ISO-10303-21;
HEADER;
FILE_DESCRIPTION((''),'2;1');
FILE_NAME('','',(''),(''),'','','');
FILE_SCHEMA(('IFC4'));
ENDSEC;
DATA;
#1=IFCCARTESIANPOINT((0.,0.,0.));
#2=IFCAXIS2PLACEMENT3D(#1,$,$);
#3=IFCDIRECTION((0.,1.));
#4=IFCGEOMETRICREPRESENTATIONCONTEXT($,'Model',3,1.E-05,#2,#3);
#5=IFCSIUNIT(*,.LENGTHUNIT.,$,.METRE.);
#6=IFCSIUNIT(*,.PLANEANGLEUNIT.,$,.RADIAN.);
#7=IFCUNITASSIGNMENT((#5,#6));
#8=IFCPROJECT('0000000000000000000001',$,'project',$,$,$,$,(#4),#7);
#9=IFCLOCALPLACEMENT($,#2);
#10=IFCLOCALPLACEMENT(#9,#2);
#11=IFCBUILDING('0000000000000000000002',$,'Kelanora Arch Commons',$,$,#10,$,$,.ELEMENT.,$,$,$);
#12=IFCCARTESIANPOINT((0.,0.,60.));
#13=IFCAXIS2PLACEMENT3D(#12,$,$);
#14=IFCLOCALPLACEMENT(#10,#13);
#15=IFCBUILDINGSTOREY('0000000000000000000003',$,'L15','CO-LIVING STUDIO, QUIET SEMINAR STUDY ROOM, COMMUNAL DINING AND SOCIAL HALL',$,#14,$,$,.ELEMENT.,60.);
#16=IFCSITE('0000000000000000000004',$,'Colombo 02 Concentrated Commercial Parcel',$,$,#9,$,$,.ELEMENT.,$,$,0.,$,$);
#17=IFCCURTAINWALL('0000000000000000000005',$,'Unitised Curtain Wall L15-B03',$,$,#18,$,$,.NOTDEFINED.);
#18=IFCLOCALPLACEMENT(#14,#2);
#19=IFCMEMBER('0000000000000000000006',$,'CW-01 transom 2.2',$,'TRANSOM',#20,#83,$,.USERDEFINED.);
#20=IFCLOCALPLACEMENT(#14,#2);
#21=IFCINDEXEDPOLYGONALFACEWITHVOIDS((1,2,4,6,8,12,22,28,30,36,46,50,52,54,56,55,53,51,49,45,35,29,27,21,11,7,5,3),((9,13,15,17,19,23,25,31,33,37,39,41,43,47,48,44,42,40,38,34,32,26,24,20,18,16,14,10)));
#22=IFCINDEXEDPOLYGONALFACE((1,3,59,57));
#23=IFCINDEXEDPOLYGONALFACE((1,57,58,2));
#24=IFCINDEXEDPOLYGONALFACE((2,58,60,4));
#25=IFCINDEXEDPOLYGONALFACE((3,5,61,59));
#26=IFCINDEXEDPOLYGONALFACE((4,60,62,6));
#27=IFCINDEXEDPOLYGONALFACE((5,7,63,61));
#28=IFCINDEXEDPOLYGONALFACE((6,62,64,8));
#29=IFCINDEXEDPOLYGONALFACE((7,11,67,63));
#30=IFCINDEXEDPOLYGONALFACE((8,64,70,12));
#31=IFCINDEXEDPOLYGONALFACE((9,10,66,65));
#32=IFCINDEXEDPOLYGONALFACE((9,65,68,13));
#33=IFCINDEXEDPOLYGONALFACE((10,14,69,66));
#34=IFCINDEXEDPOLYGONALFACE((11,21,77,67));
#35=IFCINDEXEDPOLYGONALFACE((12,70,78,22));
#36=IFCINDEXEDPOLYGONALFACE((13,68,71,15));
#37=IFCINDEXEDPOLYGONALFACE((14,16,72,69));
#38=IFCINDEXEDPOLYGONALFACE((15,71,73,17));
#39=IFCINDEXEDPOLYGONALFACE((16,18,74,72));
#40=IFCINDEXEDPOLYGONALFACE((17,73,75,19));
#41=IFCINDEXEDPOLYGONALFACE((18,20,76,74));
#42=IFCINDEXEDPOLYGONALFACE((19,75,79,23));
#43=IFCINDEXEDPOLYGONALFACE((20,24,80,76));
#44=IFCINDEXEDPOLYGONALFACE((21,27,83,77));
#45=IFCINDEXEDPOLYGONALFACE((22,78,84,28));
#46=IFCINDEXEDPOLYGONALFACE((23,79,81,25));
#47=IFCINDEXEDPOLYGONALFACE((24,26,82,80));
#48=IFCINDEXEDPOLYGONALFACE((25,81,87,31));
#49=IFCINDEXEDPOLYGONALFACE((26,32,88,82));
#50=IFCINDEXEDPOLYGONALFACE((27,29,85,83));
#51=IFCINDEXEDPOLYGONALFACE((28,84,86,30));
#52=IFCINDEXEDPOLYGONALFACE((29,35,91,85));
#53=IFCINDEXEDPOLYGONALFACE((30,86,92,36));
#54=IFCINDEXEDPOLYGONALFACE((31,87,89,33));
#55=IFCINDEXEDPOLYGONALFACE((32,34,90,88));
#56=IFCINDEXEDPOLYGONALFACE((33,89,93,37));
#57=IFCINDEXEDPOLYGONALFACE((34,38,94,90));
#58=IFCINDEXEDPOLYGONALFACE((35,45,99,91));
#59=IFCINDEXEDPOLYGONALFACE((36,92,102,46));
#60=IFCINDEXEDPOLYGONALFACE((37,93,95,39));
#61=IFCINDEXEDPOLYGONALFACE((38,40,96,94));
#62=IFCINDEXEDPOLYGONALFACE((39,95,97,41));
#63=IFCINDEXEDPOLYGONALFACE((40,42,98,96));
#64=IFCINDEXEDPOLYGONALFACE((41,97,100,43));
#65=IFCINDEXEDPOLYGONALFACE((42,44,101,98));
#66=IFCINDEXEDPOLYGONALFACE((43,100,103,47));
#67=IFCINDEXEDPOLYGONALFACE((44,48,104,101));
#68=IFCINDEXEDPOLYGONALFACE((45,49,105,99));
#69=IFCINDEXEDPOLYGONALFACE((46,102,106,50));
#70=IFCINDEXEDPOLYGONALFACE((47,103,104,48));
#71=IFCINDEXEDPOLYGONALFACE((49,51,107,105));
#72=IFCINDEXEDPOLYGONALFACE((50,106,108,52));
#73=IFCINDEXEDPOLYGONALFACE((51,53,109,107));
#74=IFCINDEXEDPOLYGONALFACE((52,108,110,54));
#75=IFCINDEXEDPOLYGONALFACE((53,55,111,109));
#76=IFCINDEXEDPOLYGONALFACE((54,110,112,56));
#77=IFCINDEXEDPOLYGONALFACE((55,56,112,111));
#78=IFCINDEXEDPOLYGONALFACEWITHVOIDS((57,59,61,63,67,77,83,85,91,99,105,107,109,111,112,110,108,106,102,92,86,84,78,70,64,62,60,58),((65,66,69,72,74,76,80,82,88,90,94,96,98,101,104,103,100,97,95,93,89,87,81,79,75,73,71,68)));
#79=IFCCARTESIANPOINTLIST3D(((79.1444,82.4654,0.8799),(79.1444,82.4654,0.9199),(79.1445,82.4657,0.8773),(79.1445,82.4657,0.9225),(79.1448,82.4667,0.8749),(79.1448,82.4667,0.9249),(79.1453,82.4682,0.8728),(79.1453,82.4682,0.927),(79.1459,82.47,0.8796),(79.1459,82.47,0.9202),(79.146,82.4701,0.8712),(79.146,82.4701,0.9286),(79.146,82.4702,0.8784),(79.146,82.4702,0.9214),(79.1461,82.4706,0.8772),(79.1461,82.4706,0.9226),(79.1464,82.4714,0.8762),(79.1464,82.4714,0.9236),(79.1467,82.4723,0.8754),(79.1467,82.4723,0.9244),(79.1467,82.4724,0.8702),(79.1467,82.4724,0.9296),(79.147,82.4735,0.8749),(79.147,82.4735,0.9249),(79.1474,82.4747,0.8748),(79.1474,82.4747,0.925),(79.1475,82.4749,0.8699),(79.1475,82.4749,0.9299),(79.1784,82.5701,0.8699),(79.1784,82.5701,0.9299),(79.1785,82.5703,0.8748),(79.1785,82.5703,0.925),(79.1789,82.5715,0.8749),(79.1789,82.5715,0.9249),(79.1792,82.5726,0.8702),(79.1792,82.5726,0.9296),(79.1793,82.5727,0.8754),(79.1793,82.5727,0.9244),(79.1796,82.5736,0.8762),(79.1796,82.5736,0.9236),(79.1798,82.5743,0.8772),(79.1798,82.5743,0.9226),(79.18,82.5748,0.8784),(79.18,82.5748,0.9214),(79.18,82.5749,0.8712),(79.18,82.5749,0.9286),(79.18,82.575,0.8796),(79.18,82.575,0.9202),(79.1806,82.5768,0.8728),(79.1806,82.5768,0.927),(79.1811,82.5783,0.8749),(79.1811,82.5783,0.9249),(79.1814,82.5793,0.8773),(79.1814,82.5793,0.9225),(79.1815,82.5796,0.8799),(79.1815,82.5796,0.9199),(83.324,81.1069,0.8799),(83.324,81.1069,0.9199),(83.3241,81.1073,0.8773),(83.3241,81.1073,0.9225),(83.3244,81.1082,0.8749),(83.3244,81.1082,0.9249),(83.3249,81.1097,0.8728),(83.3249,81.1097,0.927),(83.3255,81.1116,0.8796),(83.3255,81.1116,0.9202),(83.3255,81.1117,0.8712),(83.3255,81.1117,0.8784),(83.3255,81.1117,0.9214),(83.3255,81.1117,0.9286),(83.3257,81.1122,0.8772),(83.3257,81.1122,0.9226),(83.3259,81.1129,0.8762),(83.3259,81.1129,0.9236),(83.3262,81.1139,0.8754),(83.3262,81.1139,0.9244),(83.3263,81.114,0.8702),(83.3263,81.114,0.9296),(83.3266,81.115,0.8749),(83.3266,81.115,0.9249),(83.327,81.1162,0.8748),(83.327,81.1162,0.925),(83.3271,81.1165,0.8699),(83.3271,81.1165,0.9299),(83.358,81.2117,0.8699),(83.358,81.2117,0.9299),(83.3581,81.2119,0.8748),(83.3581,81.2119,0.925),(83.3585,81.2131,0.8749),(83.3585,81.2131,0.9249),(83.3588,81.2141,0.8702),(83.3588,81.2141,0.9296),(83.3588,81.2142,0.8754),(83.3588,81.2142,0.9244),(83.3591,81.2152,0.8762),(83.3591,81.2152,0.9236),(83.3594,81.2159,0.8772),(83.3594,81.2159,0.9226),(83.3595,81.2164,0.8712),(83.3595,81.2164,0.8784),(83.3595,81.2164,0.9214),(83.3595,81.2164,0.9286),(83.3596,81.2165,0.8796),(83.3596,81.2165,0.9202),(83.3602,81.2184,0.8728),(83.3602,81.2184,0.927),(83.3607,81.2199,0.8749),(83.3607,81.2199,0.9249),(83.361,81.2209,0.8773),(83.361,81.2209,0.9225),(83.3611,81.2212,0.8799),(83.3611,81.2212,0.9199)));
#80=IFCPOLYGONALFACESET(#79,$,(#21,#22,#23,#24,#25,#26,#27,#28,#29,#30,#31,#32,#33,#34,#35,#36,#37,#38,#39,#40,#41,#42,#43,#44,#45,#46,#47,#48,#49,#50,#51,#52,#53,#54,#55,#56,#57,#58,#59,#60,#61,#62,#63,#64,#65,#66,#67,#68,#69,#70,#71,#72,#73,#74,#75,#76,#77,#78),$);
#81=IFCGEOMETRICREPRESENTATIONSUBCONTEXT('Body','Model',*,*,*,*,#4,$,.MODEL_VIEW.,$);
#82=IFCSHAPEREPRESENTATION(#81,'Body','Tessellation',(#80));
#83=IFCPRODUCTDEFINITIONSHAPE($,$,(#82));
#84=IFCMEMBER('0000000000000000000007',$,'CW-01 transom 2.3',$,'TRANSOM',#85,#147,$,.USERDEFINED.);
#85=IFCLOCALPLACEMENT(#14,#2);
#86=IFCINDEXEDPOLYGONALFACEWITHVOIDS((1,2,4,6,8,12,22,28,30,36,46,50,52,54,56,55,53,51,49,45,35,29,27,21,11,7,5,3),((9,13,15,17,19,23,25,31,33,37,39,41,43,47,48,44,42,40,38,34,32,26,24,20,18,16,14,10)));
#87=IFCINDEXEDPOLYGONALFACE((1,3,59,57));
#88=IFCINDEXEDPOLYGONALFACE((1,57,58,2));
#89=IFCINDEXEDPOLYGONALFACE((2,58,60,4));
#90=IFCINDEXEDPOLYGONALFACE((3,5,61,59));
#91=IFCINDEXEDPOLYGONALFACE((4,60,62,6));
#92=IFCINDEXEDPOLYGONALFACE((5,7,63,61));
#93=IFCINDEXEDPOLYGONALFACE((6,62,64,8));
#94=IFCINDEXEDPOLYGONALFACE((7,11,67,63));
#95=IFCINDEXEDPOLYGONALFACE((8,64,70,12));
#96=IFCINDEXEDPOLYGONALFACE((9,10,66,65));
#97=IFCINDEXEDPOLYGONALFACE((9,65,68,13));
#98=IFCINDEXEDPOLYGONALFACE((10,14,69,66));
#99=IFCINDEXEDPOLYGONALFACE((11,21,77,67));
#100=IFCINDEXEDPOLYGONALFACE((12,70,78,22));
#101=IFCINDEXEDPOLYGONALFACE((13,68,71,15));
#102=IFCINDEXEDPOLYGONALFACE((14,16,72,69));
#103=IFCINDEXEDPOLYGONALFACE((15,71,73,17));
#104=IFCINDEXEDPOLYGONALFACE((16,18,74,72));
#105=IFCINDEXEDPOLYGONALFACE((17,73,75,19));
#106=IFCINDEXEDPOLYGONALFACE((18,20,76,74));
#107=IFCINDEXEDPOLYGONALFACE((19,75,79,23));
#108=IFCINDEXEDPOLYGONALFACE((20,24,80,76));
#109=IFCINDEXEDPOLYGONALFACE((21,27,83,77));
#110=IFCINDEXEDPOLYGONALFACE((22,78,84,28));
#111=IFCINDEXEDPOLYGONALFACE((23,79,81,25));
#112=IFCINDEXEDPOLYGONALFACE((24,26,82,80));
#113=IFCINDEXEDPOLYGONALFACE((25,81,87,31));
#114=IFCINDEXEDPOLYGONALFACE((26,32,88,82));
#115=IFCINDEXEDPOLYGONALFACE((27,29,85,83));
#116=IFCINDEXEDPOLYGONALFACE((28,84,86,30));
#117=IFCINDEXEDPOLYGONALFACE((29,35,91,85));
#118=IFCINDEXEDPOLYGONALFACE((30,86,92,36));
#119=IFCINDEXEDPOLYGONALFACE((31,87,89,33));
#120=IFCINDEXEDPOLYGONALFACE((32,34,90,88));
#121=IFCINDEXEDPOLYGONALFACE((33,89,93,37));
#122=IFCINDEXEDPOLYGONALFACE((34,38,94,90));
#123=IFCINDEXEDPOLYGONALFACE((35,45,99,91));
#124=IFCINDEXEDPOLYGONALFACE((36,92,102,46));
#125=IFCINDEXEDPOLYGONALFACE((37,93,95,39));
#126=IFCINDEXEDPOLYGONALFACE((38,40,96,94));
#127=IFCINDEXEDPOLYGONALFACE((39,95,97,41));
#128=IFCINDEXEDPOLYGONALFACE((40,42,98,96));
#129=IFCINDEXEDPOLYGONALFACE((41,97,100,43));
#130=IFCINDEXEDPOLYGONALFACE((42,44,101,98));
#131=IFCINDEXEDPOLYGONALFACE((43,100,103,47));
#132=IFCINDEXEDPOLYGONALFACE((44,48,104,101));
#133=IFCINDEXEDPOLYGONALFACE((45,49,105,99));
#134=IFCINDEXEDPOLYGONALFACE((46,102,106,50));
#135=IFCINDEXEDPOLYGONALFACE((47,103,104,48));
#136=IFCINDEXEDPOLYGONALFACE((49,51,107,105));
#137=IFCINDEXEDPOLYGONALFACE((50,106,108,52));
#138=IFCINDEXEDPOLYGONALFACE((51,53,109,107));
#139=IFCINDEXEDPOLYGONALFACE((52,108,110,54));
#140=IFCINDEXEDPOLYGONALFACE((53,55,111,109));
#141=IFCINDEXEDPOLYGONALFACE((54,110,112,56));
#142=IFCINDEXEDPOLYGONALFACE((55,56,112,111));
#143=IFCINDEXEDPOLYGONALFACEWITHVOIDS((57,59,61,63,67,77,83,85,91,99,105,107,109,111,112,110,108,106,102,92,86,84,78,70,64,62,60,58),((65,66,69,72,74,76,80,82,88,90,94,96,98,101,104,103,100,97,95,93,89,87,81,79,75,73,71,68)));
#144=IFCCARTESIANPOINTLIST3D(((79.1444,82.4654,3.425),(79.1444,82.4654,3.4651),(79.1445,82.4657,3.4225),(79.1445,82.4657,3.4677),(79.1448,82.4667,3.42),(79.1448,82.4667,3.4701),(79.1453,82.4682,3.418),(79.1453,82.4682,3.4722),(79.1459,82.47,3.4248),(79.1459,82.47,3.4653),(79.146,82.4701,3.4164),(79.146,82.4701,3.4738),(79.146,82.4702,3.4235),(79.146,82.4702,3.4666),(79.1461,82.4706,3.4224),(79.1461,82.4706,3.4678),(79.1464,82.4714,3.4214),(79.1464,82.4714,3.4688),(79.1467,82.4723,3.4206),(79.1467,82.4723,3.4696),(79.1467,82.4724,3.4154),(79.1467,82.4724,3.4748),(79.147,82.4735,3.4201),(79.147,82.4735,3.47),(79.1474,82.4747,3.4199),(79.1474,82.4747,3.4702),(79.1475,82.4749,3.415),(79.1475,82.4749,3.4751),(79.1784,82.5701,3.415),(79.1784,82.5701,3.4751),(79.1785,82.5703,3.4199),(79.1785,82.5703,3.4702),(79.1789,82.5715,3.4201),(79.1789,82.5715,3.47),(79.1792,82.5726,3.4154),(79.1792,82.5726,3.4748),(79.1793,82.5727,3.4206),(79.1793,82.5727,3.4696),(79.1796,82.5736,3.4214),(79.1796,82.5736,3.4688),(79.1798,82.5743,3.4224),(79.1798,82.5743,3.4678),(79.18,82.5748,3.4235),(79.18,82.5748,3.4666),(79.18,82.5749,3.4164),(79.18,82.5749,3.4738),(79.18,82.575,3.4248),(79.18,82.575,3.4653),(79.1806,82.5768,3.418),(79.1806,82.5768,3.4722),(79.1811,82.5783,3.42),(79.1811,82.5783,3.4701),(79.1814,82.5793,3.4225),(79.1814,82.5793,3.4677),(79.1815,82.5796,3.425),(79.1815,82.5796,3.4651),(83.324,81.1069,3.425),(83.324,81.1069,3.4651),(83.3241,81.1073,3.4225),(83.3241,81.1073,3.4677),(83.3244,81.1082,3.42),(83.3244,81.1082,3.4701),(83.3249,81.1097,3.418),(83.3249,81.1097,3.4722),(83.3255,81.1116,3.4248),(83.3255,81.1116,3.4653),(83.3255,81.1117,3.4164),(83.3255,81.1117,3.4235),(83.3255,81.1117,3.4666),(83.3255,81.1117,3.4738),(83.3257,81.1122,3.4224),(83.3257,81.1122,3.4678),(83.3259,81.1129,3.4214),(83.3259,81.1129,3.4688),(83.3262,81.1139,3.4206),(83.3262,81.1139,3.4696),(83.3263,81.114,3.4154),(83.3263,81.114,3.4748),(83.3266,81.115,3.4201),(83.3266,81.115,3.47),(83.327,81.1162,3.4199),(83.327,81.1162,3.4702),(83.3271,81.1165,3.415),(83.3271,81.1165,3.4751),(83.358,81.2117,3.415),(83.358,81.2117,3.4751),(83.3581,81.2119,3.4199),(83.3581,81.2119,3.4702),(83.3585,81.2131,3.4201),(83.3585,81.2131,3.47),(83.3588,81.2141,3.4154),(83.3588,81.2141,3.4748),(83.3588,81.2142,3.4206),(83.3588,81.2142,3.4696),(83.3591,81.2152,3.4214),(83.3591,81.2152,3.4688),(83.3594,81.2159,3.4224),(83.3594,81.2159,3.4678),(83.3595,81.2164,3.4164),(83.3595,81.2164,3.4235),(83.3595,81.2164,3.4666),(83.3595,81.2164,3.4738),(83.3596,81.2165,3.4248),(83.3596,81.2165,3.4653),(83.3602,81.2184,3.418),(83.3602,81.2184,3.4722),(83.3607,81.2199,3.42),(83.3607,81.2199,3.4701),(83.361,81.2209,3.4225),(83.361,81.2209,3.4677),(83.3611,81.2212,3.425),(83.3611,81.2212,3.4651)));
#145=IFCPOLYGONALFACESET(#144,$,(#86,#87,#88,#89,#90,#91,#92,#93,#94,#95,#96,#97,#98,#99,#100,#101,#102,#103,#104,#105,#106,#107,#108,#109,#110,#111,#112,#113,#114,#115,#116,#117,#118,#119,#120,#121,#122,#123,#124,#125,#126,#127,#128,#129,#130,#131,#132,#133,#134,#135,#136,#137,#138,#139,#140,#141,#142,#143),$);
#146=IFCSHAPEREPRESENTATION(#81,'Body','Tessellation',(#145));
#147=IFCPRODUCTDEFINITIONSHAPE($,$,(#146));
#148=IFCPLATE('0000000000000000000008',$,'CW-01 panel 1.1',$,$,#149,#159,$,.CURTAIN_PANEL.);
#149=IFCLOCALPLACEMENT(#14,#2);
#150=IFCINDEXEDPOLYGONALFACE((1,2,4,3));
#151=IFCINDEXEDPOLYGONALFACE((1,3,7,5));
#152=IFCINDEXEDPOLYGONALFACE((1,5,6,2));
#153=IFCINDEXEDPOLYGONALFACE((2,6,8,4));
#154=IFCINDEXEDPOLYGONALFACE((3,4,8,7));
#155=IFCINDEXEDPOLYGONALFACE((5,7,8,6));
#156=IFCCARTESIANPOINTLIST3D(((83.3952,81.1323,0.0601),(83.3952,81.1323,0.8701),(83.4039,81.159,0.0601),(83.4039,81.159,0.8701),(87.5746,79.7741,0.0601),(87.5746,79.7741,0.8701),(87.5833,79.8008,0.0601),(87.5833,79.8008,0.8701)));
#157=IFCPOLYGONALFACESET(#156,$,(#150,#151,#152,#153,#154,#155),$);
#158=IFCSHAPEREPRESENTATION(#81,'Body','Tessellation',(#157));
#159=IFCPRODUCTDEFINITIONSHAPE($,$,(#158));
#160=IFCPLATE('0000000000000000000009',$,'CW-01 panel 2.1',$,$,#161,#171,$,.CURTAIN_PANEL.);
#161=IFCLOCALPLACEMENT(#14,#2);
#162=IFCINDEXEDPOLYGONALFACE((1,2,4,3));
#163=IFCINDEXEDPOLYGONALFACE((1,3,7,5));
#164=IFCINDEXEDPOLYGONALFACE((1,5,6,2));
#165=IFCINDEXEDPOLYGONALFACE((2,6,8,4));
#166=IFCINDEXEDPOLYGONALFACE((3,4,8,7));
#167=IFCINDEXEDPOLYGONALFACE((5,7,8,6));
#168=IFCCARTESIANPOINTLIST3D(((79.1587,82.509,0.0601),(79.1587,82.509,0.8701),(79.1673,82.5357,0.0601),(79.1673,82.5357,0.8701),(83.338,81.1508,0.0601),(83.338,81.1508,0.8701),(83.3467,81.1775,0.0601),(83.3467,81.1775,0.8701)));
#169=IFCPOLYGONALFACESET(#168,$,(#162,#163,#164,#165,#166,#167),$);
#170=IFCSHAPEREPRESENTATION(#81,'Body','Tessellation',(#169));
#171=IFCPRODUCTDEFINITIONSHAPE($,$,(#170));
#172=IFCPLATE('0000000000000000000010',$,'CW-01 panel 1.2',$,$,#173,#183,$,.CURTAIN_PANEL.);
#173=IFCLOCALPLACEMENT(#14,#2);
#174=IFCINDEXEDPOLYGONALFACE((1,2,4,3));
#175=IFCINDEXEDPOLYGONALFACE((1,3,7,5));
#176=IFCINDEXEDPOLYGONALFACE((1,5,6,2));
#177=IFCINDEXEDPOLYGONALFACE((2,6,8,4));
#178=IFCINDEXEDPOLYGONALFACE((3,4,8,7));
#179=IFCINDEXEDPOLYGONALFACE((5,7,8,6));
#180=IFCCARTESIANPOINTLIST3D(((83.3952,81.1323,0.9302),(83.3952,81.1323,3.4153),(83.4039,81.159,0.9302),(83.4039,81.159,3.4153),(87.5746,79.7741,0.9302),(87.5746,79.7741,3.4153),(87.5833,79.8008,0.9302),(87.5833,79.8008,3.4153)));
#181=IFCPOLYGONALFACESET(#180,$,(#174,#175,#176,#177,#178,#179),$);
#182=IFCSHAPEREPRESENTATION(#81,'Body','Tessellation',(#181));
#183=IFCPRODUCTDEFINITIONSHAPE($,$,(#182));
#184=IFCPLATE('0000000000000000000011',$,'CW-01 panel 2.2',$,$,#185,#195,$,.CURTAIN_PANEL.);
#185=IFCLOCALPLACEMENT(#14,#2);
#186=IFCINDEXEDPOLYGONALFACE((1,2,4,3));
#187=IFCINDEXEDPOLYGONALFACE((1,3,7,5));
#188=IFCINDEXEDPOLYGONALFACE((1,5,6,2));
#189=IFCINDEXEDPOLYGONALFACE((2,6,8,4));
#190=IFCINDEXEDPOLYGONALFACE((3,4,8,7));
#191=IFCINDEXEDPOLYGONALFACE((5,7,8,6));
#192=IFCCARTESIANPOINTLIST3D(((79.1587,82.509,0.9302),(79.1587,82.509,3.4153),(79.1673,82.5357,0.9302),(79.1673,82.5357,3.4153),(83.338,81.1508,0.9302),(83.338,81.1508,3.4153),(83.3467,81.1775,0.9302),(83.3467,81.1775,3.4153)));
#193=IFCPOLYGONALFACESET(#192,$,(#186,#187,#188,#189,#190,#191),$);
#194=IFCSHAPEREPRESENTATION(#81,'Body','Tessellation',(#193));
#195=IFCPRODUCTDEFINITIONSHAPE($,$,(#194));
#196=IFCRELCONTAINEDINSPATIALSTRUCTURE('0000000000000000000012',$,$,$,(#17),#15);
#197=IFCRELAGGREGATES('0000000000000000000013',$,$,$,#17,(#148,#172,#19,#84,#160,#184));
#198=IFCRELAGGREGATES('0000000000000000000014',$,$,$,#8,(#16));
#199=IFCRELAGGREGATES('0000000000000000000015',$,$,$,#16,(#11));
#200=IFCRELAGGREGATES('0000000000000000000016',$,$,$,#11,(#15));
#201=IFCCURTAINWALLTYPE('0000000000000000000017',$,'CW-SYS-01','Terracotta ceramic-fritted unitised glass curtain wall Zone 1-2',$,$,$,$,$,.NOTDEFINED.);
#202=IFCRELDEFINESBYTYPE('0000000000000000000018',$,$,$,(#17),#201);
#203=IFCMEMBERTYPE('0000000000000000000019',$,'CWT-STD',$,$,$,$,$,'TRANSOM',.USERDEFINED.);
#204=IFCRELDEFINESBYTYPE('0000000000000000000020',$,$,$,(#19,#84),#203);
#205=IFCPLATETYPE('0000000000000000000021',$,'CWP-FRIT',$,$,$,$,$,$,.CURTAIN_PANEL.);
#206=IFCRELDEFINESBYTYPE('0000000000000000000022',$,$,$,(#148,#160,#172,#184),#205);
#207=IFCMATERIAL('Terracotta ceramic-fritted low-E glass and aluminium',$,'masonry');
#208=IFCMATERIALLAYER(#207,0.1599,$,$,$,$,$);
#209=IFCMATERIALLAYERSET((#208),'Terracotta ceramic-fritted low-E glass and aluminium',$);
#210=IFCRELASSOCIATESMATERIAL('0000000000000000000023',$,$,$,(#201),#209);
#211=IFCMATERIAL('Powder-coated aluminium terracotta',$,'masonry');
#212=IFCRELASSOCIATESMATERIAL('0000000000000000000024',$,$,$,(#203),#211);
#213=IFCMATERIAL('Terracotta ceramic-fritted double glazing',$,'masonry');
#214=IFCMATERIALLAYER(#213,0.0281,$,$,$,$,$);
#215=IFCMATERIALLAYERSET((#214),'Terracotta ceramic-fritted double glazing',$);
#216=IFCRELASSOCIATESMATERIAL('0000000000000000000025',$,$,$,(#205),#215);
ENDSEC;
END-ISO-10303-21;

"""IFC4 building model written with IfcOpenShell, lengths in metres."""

from ifc_helpers import new_model, si_unit, direction, frame, origin, origin_2d, place, context, subcontext, project, spatial, rectangle, hollow_rectangle, extrude, source, transform, mapped, material, layer, layer_set, material_profile, profile_set, type_object, element, aggregate, save


model = new_model("IFC4")

# Units and contexts
model_context = context("Model", 3, precision=1e-05, world=origin(), true_north=direction((0.0, 1.0)))
body_context = subcontext(model_context, "Body", "Model", "MODEL_VIEW")
ifc_project = project(units=[si_unit("LENGTHUNIT", "METRE"), si_unit("PLANEANGLEUNIT", "RADIAN")], contexts=[model_context])

# Site, building, storey
site_placement = place(None, origin())
site = spatial("IfcSite", under=ifc_project, at=site_placement, Name="Colombo 02 Concentrated Commercial Parcel", CompositionType="ELEMENT", RefElevation=0.0)
building_placement = place(site_placement, origin())
building = spatial("IfcBuilding", under=site, at=building_placement, Name="Kelanora Arch Commons", CompositionType="ELEMENT")
storey_placement = place(building_placement, frame((0.0, 0.0, 60.0)))
storey = spatial("IfcBuildingStorey", under=building, at=storey_placement, Name="L15", Description="CO-LIVING STUDIO, QUIET SEMINAR STUDY ROOM, COMMUNAL DINING AND SOCIAL HALL", CompositionType="ELEMENT", Elevation=60.0)

# Curtain wall, members, plates
ifc_material_1 = material(Name="Terracotta ceramic-fritted low-E glass and aluminium", Category="masonry")
ifc_layer_1 = layer(ifc_material_1, 0.1599)
ifc_layer_set_1 = layer_set([ifc_layer_1], Name="Terracotta ceramic-fritted low-E glass and aluminium")
curtain_wall_type = type_object("IfcCurtainWallType", Name="CW-SYS-01", Description="Terracotta ceramic-fritted unitised glass curtain wall Zone 1-2", PredefinedType="NOTDEFINED", material=ifc_layer_set_1)
curtain_wall_placement = place(storey_placement, origin())
curtain_wall = element("IfcCurtainWall", 1, at=curtain_wall_placement, inside=storey, type_object=curtain_wall_type, Name="Unitised Curtain Wall L15-B03", PredefinedType="NOTDEFINED")
ifc_material_2 = material(Name="Powder-coated aluminium terracotta", Category="masonry")
ifc_material_profile_1 = material_profile(ifc_material_2, hollow_rectangle(XDim=0.1201, YDim=0.0601, WallThickness=0.0049, InnerFilletRadius=0.0049, OuterFilletRadius=0.01, at=origin_2d()), Name="CWT120x60")
ifc_profile_set_1 = profile_set([ifc_material_profile_1], Name="Powder-coated aluminium terracotta")
member_type_1 = type_object("IfcMemberType", Name="CWT-STD", ElementType="TRANSOM", PredefinedType="USERDEFINED", material=ifc_profile_set_1)
member_1_placement = place(storey_placement, frame((83.3425, 81.1641, 0.8999), z_axis=(-0.951029, 0.309102, 0.0), x_axis=(-0.309102, -0.951029, 0.0)))
member_1 = element("IfcMember", 2, at=member_1_placement, type_object=member_type_1, Name="CW-01 transom 2.2", ObjectType="TRANSOM", PredefinedType="USERDEFINED", context=body_context, shape_type="SweptSolid", body=[
    extrude(hollow_rectangle(XDim=0.1201, YDim=0.0601, WallThickness=0.0049, InnerFilletRadius=0.0049, OuterFilletRadius=0.01, at=origin_2d()), origin(), (0.0, 0.0, 1.0), 4.3948),
])
member_2_placement = place(storey_placement, frame((83.3425, 81.1641, 3.4451), z_axis=(-0.951029, 0.309102, 0.0), x_axis=(-0.309102, -0.951029, 0.0)))
member_2 = element("IfcMember", 3, at=member_2_placement, type_object=member_type_1, Name="CW-01 transom 2.3", ObjectType="TRANSOM", PredefinedType="USERDEFINED", context=body_context, shape_type="SweptSolid", body=[
    extrude(hollow_rectangle(XDim=0.1201, YDim=0.0601, WallThickness=0.0049, InnerFilletRadius=0.0049, OuterFilletRadius=0.01, at=origin_2d()), origin(), (0.0, 0.0, 1.0), 4.3948),
])
ifc_material_3 = material(Name="Terracotta ceramic-fritted double glazing", Category="masonry")
ifc_layer_2 = layer(ifc_material_3, 0.0281)
ifc_layer_set_2 = layer_set([ifc_layer_2], Name="Terracotta ceramic-fritted double glazing")
plate_type = type_object("IfcPlateType", Name="CWP-FRIT", PredefinedType="CURTAIN_PANEL", material=ifc_layer_set_2)
shared_shape_1 = source(origin(), body_context, "Body", "SweptSolid", [
    extrude(rectangle(XDim=4.3945, YDim=0.0281, at=origin_2d()), origin(), (0.0, 0.0, 1.0), 0.8101),
])
plate_1_placement = place(storey_placement, frame((85.4893, 80.4666, 0.0601), z_axis=(0.0, 0.0, 1.0), x_axis=(-0.951043, 0.309058, 0.0)))
plate_1 = element("IfcPlate", 4, at=plate_1_placement, type_object=plate_type, Name="CW-01 panel 1.1", PredefinedType="CURTAIN_PANEL", context=body_context, shape_type="MappedRepresentation", body=[
    mapped(shared_shape_1, transform((0.0, 0.0, 0.0), scale=1.0)),
])
plate_2_placement = place(storey_placement, frame((81.2527, 81.8433, 0.0601), z_axis=(0.0, 0.0, 1.0), x_axis=(-0.951043, 0.309058, 0.0)))
plate_2 = element("IfcPlate", 5, at=plate_2_placement, type_object=plate_type, Name="CW-01 panel 2.1", PredefinedType="CURTAIN_PANEL", context=body_context, shape_type="MappedRepresentation", body=[
    mapped(shared_shape_1, transform((0.0, 0.0, 0.0), scale=1.0)),
])
shared_shape_2 = source(origin(), body_context, "Body", "SweptSolid", [
    extrude(rectangle(XDim=4.3945, YDim=0.0281, at=origin_2d()), origin(), (0.0, 0.0, 1.0), 2.4851),
])
plate_3_placement = place(storey_placement, frame((85.4893, 80.4666, 0.9302), z_axis=(0.0, 0.0, 1.0), x_axis=(-0.951043, 0.309058, 0.0)))
plate_3 = element("IfcPlate", 6, at=plate_3_placement, type_object=plate_type, Name="CW-01 panel 1.2", PredefinedType="CURTAIN_PANEL", context=body_context, shape_type="MappedRepresentation", body=[
    mapped(shared_shape_2, transform((0.0, 0.0, 0.0), scale=1.0)),
])
plate_4_placement = place(storey_placement, frame((81.2527, 81.8433, 0.9302), z_axis=(0.0, 0.0, 1.0), x_axis=(-0.951043, 0.309058, 0.0)))
plate_4 = element("IfcPlate", 7, at=plate_4_placement, type_object=plate_type, Name="CW-01 panel 2.2", PredefinedType="CURTAIN_PANEL", context=body_context, shape_type="MappedRepresentation", body=[
    mapped(shared_shape_2, transform((0.0, 0.0, 0.0), scale=1.0)),
])
aggregate(curtain_wall, [plate_1, plate_3, member_1, member_2, plate_2, plate_4])

save(model, "model.ifc")
